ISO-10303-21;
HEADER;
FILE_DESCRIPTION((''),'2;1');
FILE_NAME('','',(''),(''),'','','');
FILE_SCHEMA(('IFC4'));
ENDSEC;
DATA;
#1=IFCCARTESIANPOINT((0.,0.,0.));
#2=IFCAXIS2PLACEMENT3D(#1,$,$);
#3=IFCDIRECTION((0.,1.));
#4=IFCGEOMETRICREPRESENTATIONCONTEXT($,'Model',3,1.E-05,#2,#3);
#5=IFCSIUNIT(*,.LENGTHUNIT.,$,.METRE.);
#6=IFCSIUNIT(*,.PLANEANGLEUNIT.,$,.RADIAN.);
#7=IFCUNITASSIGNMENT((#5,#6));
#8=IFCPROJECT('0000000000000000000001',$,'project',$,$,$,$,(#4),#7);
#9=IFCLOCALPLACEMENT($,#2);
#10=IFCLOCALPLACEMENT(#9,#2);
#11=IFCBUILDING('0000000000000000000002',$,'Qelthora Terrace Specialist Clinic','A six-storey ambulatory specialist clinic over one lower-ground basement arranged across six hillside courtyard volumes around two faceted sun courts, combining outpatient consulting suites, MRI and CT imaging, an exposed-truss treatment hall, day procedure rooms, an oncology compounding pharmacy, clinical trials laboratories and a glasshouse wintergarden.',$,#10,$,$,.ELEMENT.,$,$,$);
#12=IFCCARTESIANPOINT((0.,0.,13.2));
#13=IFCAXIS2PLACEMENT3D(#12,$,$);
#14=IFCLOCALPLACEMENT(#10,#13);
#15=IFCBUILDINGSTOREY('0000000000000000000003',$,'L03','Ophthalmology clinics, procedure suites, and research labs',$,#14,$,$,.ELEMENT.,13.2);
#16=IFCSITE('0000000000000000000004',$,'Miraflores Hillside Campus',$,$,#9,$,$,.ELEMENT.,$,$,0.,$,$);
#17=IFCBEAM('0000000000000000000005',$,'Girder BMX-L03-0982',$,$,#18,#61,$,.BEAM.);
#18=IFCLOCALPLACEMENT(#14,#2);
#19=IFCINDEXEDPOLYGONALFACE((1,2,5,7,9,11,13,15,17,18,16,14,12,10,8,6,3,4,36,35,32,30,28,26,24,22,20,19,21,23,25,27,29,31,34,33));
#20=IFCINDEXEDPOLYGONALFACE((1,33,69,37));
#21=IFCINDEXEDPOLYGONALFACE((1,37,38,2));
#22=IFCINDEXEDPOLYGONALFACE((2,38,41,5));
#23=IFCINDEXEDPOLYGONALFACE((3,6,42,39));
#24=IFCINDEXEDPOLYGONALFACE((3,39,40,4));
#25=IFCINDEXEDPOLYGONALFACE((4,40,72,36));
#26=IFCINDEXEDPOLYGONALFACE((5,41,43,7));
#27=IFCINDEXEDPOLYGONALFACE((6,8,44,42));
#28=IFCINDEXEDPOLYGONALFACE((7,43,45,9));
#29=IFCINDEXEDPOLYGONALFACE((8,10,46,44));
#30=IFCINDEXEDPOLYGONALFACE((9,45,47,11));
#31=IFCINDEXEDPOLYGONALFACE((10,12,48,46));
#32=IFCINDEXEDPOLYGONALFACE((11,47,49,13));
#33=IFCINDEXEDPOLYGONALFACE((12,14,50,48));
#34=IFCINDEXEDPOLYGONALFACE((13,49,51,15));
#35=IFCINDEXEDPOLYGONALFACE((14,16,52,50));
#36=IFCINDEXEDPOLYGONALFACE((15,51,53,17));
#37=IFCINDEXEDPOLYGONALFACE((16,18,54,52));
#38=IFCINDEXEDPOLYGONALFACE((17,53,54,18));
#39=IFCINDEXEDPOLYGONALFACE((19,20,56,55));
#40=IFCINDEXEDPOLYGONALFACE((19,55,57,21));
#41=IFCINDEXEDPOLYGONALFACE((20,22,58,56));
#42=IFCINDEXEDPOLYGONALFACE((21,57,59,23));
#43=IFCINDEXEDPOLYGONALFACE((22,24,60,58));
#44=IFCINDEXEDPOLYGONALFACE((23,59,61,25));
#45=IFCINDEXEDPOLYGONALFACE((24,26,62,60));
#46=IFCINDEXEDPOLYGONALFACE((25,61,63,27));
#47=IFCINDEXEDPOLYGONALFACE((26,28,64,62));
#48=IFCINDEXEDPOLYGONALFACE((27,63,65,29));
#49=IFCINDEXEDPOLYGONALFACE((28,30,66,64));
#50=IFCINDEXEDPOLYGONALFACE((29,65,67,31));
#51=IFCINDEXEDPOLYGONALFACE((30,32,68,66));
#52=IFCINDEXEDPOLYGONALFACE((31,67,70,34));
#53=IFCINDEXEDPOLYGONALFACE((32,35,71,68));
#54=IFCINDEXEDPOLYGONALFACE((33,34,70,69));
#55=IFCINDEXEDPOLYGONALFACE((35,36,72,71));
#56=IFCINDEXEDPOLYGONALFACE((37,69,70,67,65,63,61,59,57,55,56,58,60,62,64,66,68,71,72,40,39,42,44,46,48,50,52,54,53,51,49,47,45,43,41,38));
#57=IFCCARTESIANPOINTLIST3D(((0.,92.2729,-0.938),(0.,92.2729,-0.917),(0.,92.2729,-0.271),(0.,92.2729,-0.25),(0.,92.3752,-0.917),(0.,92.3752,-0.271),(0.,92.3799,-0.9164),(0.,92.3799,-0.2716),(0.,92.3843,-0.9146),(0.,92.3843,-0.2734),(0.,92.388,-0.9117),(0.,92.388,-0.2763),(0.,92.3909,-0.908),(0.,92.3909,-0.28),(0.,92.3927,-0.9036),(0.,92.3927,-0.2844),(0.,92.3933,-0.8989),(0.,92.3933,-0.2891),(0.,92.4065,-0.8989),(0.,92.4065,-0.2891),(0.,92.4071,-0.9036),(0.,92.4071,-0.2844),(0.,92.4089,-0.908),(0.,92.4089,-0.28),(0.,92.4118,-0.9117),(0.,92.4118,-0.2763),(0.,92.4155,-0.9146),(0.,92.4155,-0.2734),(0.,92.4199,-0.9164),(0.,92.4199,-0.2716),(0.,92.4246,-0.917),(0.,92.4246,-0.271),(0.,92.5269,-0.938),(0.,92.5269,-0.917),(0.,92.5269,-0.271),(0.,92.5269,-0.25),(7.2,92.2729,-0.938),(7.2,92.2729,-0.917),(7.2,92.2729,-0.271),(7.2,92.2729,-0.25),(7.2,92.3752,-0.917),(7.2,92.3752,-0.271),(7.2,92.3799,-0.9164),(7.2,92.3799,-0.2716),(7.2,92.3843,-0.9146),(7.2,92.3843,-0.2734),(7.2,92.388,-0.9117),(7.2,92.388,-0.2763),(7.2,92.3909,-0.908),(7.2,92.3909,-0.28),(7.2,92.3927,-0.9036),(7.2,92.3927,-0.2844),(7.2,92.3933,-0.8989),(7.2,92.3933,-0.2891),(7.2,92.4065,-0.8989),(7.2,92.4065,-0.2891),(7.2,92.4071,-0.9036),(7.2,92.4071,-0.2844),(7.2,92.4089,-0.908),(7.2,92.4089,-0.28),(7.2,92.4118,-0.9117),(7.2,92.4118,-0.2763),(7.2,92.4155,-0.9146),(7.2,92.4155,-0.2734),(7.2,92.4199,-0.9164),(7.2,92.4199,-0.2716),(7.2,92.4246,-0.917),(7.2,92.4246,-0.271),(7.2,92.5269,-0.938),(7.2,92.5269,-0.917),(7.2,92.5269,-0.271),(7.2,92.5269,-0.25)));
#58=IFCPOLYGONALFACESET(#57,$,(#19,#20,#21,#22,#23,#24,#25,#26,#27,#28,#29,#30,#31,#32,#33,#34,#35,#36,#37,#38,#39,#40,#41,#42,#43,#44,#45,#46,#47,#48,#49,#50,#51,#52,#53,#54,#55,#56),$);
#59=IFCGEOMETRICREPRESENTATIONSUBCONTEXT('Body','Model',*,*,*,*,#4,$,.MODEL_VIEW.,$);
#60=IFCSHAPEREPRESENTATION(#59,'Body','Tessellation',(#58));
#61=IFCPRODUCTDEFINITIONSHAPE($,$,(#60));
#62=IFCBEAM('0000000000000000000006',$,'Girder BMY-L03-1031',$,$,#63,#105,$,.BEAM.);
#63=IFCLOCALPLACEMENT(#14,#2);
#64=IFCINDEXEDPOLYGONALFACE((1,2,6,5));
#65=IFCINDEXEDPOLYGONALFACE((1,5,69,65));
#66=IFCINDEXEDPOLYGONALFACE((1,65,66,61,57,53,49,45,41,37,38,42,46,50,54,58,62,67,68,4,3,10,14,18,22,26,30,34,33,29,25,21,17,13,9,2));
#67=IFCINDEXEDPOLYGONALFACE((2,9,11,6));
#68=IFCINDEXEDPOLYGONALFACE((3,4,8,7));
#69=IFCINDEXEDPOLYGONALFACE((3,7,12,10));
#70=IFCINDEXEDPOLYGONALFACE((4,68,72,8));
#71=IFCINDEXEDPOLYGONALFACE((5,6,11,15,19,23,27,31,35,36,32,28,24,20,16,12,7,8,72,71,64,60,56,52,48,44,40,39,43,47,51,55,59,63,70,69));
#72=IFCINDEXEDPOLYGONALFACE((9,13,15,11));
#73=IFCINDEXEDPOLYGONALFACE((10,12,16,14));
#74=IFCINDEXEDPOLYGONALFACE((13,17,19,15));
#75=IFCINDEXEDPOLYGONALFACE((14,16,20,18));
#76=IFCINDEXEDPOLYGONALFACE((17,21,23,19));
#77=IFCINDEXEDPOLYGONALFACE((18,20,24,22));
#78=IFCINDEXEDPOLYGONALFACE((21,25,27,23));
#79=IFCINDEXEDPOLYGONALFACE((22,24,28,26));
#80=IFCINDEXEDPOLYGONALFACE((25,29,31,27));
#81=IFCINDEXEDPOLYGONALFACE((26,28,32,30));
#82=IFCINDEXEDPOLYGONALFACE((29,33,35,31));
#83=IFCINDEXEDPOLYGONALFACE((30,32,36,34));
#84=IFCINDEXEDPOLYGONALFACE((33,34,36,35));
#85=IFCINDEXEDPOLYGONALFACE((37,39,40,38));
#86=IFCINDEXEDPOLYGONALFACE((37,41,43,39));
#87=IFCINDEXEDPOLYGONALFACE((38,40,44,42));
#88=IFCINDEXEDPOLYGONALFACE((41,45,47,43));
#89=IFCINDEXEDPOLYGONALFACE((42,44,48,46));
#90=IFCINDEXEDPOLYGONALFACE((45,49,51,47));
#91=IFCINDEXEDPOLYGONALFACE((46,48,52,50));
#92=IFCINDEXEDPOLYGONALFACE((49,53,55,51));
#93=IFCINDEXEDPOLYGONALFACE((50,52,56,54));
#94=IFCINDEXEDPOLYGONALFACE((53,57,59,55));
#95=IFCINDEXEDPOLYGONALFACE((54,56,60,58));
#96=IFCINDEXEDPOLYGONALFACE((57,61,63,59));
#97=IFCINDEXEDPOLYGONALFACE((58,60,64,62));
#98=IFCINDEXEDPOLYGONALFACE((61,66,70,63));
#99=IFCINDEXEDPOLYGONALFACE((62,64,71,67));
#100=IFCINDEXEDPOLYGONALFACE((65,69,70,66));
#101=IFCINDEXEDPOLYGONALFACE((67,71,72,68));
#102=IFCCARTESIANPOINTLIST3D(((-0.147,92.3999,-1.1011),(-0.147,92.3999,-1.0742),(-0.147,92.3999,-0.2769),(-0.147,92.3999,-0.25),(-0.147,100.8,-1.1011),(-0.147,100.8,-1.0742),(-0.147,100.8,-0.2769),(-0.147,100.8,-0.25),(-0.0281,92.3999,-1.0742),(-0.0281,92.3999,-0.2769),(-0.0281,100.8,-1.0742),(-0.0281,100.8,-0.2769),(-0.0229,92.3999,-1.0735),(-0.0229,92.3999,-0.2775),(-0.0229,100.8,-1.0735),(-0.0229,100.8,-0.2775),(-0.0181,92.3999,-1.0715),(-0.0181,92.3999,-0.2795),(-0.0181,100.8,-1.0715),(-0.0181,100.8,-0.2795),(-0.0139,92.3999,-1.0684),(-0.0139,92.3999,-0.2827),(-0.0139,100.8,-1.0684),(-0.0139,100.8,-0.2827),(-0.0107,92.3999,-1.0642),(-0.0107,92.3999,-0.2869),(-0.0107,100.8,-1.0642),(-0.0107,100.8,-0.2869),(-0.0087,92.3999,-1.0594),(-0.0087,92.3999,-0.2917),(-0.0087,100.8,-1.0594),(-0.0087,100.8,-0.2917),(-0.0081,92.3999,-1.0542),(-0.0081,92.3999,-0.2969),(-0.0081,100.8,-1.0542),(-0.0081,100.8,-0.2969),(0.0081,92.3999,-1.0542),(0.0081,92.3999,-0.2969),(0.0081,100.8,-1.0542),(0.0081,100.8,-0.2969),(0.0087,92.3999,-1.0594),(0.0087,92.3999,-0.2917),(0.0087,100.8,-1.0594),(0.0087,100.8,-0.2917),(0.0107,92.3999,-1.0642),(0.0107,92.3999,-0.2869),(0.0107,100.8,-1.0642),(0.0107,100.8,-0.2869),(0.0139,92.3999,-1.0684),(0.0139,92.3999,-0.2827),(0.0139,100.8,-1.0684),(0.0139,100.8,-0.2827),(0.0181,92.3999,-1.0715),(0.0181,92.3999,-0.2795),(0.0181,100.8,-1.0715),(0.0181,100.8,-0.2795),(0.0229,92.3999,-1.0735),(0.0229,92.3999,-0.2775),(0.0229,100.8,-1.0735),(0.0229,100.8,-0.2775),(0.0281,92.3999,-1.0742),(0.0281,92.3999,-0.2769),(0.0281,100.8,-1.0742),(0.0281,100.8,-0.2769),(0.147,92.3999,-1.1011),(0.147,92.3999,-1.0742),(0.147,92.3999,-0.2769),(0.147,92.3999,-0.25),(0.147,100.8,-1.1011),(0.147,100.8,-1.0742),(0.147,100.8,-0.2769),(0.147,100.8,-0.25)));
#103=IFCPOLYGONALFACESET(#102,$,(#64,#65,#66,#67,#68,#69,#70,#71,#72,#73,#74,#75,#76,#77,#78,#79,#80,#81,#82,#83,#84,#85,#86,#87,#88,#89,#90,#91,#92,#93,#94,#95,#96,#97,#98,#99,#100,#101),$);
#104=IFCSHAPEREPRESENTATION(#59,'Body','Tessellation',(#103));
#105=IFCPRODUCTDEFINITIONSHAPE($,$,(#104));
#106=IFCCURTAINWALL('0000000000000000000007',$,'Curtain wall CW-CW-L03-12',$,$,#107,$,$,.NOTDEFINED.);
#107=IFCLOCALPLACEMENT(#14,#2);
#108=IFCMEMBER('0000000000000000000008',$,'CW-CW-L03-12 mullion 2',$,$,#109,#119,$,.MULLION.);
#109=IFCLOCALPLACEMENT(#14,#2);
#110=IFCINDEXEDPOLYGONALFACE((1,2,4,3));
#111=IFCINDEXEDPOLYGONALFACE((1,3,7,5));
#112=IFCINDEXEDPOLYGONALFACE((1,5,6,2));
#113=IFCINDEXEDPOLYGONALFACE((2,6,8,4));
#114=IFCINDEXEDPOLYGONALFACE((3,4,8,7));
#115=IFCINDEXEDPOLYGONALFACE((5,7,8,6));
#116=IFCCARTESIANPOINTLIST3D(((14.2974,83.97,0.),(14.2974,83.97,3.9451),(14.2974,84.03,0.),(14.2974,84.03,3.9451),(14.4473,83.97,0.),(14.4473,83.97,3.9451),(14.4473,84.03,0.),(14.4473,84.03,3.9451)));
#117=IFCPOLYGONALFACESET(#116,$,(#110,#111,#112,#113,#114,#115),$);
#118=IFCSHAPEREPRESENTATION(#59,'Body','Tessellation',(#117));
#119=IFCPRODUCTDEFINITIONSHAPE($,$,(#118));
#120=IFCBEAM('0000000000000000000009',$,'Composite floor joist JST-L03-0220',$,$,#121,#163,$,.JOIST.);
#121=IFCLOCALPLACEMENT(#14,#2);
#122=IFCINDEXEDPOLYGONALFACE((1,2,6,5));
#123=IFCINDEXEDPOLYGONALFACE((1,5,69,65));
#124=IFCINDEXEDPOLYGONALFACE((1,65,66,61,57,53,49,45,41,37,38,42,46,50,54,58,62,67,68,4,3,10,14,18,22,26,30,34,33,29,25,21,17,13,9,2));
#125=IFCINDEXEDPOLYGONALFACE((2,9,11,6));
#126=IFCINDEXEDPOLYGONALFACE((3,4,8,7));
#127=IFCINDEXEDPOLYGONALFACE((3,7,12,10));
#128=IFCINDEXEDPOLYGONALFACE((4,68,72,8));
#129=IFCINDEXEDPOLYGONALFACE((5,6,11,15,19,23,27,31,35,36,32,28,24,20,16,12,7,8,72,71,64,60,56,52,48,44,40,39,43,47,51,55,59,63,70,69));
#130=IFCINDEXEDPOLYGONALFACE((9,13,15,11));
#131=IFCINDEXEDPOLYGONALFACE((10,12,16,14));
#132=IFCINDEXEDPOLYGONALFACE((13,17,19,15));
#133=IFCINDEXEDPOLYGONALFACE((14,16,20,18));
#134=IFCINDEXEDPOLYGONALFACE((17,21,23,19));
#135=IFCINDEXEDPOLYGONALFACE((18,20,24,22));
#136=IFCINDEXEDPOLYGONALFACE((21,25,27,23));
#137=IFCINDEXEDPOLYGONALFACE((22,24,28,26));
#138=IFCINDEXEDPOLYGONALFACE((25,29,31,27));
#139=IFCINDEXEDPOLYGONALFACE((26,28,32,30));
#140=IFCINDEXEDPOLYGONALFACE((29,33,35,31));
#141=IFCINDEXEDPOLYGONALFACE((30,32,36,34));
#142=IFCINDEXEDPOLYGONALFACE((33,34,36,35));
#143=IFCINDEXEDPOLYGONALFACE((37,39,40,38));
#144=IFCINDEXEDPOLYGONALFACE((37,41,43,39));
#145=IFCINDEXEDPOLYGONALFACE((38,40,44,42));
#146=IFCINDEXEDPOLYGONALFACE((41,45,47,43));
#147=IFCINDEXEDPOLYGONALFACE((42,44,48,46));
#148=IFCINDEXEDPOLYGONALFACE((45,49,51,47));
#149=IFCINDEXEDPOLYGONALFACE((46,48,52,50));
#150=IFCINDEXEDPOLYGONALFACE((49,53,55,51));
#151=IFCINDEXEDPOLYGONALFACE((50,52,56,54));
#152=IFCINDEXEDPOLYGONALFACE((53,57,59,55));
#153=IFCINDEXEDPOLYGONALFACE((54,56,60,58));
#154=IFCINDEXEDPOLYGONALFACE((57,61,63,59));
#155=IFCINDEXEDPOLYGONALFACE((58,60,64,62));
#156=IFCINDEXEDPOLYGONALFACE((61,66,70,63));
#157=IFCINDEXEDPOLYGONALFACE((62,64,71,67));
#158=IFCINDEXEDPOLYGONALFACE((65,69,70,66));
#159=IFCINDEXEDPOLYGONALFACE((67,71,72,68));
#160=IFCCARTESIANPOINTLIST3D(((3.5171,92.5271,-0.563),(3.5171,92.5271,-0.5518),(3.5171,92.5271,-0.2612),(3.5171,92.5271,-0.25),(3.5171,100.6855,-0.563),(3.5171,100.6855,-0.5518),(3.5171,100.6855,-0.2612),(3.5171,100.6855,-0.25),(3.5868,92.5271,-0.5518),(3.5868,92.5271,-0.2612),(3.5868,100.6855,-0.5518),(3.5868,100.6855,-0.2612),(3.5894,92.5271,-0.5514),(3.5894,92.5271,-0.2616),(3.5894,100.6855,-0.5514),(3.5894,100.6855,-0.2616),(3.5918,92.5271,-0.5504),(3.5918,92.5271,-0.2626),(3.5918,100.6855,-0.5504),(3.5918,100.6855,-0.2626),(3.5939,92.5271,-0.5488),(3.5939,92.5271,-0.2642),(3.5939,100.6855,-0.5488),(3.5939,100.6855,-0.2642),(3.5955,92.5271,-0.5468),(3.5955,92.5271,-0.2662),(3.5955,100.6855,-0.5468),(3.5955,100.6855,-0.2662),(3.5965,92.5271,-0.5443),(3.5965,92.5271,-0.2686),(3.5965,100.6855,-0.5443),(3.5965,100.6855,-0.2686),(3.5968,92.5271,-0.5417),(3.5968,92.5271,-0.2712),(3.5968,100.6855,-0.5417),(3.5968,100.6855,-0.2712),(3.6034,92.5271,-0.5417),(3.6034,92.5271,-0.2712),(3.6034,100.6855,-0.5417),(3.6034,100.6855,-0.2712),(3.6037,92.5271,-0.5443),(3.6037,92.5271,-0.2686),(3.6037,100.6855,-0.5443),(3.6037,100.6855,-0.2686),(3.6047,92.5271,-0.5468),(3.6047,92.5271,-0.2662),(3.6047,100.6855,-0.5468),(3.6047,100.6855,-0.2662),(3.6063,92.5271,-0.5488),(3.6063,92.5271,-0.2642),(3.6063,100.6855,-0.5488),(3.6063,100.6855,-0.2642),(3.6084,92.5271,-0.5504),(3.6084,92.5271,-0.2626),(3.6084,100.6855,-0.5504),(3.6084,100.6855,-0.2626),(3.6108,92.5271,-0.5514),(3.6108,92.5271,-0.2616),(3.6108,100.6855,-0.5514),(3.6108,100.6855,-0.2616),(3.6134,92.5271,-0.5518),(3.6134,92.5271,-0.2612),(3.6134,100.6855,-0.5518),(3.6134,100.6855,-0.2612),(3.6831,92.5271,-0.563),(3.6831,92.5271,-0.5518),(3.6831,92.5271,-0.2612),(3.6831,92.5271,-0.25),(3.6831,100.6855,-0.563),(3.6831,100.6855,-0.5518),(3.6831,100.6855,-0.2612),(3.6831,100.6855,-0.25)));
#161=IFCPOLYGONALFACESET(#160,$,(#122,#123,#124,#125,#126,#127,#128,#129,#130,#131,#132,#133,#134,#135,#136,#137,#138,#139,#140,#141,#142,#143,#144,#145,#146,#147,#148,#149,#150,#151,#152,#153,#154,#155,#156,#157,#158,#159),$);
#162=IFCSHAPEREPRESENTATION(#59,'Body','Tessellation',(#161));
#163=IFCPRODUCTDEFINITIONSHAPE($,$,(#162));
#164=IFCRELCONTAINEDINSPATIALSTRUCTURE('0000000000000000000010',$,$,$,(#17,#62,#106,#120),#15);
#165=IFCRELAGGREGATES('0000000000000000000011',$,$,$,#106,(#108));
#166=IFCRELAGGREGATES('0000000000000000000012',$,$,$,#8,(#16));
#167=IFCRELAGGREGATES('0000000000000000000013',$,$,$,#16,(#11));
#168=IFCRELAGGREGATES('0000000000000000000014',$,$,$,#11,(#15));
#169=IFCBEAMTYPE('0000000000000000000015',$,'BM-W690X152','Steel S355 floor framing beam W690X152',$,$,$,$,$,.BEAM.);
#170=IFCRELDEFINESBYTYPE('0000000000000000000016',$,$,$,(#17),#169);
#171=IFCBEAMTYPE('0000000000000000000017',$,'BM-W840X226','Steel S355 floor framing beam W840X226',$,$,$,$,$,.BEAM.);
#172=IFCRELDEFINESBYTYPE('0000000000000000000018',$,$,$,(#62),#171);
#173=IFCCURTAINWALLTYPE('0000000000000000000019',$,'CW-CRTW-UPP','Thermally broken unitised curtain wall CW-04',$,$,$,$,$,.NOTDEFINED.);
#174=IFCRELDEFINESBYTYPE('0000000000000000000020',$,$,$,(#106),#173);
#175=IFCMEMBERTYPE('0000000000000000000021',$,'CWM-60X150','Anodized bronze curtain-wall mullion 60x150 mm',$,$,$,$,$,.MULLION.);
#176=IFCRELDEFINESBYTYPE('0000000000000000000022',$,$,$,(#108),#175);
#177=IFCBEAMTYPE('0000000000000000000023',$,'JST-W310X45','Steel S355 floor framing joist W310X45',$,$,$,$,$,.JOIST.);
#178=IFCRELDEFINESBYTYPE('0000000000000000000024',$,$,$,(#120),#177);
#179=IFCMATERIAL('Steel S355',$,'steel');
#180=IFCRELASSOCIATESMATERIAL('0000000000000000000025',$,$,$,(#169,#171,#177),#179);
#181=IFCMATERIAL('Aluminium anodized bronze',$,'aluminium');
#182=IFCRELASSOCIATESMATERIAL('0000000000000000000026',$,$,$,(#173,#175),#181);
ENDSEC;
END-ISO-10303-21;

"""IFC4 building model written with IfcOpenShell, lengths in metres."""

from ifc_helpers import new_model, si_unit, direction, frame, origin, origin_2d, place, context, subcontext, project, spatial, rectangle, i_section, extrude, material, material_profile, profile_set, type_object, element, aggregate, save


model = new_model("IFC4")

# Units and contexts
model_context = context("Model", 3, precision=1e-05, world=origin(), true_north=direction((0.0, 1.0)))
body_context = subcontext(model_context, "Body", "Model", "MODEL_VIEW")
ifc_project = project(units=[si_unit("LENGTHUNIT", "METRE"), si_unit("PLANEANGLEUNIT", "RADIAN")], contexts=[model_context])

# Site, building, storey
site_placement = place(None, origin())
site = spatial("IfcSite", under=ifc_project, at=site_placement, Name="Miraflores Hillside Campus", CompositionType="ELEMENT", RefElevation=0.0)
building_placement = place(site_placement, origin())
building = spatial("IfcBuilding", under=site, at=building_placement, Name="Qelthora Terrace Specialist Clinic", Description="A six-storey ambulatory specialist clinic over one lower-ground basement arranged across six hillside courtyard volumes around two faceted sun courts, combining outpatient consulting suites, MRI and CT imaging, an exposed-truss treatment hall, day procedure rooms, an oncology compounding pharmacy, clinical trials laboratories and a glasshouse wintergarden.", CompositionType="ELEMENT")
storey_placement = place(building_placement, frame((0.0, 0.0, 13.2)))
storey = spatial("IfcBuildingStorey", under=building, at=storey_placement, Name="L03", Description="Ophthalmology clinics, procedure suites, and research labs", CompositionType="ELEMENT", Elevation=13.2)

# Shared definitions
ifc_material_1 = material(Name="Steel S355", Category="steel")

# Beams
ifc_material_profile_1 = material_profile(ifc_material_1, i_section(OverallWidth=0.2539, OverallDepth=0.688, WebThickness=0.0132, FlangeThickness=0.021, FilletRadius=0.0181, at=origin_2d()), Name="W690X152")
ifc_profile_set_1 = profile_set([ifc_material_profile_1], Name="Steel S355")
beam_type_1 = type_object("IfcBeamType", Name="BM-W690X152", Description="Steel S355 floor framing beam W690X152", PredefinedType="BEAM", material=ifc_profile_set_1)
beam_1_placement = place(storey_placement, frame((0.0, 92.3999, -0.594), z_axis=(1.0, 0.0, 0.0), x_axis=(0.0, 1.0, 0.0)))
element("IfcBeam", 1, at=beam_1_placement, inside=storey, type_object=beam_type_1, Name="Girder BMX-L03-0982", PredefinedType="BEAM", context=body_context, shape_type="SweptSolid", body=[
    extrude(i_section(OverallWidth=0.2539, OverallDepth=0.688, WebThickness=0.0132, FlangeThickness=0.021, FilletRadius=0.0181, at=origin_2d()), origin(), (0.0, 0.0, 1.0), 7.2),
])
ifc_material_profile_2 = material_profile(ifc_material_1, i_section(OverallWidth=0.2939, OverallDepth=0.8511, WebThickness=0.0161, FlangeThickness=0.0269, FilletRadius=0.02, at=origin_2d()), Name="W840X226")
ifc_profile_set_2 = profile_set([ifc_material_profile_2], Name="Steel S355")
beam_type_2 = type_object("IfcBeamType", Name="BM-W840X226", Description="Steel S355 floor framing beam W840X226", PredefinedType="BEAM", material=ifc_profile_set_2)
beam_2_placement = place(storey_placement, frame((0.0, 92.3999, -0.6755), z_axis=(0.0, 1.0, 0.0), x_axis=(-1.0, 0.0, 0.0)))
element("IfcBeam", 2, at=beam_2_placement, inside=storey, type_object=beam_type_2, Name="Girder BMY-L03-1031", PredefinedType="BEAM", context=body_context, shape_type="SweptSolid", body=[
    extrude(i_section(OverallWidth=0.2939, OverallDepth=0.8511, WebThickness=0.0161, FlangeThickness=0.0269, FilletRadius=0.02, at=origin_2d()), origin(), (0.0, 0.0, 1.0), 8.4001),
])

# Curtain wall, member
ifc_material_2 = material(Name="Aluminium anodized bronze", Category="aluminium")
curtain_wall_type = type_object("IfcCurtainWallType", Name="CW-CRTW-UPP", Description="Thermally broken unitised curtain wall CW-04", PredefinedType="NOTDEFINED", material=ifc_material_2)
curtain_wall_placement = place(storey_placement, origin())
curtain_wall = element("IfcCurtainWall", 3, at=curtain_wall_placement, inside=storey, type_object=curtain_wall_type, Name="Curtain wall CW-CW-L03-12", PredefinedType="NOTDEFINED")
ifc_material_profile_3 = material_profile(ifc_material_2, rectangle(XDim=0.0601, YDim=0.1499, at=origin_2d()), Name="CWM60X150")
ifc_profile_set_3 = profile_set([ifc_material_profile_3], Name="Aluminium anodized bronze")
member_type = type_object("IfcMemberType", Name="CWM-60X150", Description="Anodized bronze curtain-wall mullion 60x150 mm", PredefinedType="MULLION", material=ifc_profile_set_3)
member_placement = place(storey_placement, frame((14.3723, 84.0, 0.0), z_axis=(0.0, 0.0, 1.0), x_axis=(0.0, -1.0, 0.0)))
member = element("IfcMember", 4, at=member_placement, type_object=member_type, Name="CW-CW-L03-12 mullion 2", PredefinedType="MULLION", context=body_context, shape_type="SweptSolid", body=[
    extrude(rectangle(XDim=0.0601, YDim=0.1499, at=origin_2d()), origin(), (0.0, 0.0, 1.0), 3.9451),
])

# Beam
ifc_material_profile_4 = material_profile(ifc_material_1, i_section(OverallWidth=0.166, OverallDepth=0.313, WebThickness=0.0066, FlangeThickness=0.0112, FilletRadius=0.01, at=origin_2d()), Name="W310X45")
ifc_profile_set_4 = profile_set([ifc_material_profile_4], Name="Steel S355")
beam_type_3 = type_object("IfcBeamType", Name="JST-W310X45", Description="Steel S355 floor framing joist W310X45", PredefinedType="JOIST", material=ifc_profile_set_4)
beam_3_placement = place(storey_placement, frame((3.6001, 92.5271, -0.4065), z_axis=(0.0, 1.0, 0.0), x_axis=(-1.0, 0.0, 0.0)))
element("IfcBeam", 5, at=beam_3_placement, inside=storey, type_object=beam_type_3, Name="Composite floor joist JST-L03-0220", PredefinedType="JOIST", context=body_context, shape_type="SweptSolid", body=[
    extrude(i_section(OverallWidth=0.166, OverallDepth=0.313, WebThickness=0.0066, FlangeThickness=0.0112, FilletRadius=0.01, at=origin_2d()), origin(), (0.0, 0.0, 1.0), 8.1584),
])

aggregate(curtain_wall, [member])

save(model, "model.ifc")
